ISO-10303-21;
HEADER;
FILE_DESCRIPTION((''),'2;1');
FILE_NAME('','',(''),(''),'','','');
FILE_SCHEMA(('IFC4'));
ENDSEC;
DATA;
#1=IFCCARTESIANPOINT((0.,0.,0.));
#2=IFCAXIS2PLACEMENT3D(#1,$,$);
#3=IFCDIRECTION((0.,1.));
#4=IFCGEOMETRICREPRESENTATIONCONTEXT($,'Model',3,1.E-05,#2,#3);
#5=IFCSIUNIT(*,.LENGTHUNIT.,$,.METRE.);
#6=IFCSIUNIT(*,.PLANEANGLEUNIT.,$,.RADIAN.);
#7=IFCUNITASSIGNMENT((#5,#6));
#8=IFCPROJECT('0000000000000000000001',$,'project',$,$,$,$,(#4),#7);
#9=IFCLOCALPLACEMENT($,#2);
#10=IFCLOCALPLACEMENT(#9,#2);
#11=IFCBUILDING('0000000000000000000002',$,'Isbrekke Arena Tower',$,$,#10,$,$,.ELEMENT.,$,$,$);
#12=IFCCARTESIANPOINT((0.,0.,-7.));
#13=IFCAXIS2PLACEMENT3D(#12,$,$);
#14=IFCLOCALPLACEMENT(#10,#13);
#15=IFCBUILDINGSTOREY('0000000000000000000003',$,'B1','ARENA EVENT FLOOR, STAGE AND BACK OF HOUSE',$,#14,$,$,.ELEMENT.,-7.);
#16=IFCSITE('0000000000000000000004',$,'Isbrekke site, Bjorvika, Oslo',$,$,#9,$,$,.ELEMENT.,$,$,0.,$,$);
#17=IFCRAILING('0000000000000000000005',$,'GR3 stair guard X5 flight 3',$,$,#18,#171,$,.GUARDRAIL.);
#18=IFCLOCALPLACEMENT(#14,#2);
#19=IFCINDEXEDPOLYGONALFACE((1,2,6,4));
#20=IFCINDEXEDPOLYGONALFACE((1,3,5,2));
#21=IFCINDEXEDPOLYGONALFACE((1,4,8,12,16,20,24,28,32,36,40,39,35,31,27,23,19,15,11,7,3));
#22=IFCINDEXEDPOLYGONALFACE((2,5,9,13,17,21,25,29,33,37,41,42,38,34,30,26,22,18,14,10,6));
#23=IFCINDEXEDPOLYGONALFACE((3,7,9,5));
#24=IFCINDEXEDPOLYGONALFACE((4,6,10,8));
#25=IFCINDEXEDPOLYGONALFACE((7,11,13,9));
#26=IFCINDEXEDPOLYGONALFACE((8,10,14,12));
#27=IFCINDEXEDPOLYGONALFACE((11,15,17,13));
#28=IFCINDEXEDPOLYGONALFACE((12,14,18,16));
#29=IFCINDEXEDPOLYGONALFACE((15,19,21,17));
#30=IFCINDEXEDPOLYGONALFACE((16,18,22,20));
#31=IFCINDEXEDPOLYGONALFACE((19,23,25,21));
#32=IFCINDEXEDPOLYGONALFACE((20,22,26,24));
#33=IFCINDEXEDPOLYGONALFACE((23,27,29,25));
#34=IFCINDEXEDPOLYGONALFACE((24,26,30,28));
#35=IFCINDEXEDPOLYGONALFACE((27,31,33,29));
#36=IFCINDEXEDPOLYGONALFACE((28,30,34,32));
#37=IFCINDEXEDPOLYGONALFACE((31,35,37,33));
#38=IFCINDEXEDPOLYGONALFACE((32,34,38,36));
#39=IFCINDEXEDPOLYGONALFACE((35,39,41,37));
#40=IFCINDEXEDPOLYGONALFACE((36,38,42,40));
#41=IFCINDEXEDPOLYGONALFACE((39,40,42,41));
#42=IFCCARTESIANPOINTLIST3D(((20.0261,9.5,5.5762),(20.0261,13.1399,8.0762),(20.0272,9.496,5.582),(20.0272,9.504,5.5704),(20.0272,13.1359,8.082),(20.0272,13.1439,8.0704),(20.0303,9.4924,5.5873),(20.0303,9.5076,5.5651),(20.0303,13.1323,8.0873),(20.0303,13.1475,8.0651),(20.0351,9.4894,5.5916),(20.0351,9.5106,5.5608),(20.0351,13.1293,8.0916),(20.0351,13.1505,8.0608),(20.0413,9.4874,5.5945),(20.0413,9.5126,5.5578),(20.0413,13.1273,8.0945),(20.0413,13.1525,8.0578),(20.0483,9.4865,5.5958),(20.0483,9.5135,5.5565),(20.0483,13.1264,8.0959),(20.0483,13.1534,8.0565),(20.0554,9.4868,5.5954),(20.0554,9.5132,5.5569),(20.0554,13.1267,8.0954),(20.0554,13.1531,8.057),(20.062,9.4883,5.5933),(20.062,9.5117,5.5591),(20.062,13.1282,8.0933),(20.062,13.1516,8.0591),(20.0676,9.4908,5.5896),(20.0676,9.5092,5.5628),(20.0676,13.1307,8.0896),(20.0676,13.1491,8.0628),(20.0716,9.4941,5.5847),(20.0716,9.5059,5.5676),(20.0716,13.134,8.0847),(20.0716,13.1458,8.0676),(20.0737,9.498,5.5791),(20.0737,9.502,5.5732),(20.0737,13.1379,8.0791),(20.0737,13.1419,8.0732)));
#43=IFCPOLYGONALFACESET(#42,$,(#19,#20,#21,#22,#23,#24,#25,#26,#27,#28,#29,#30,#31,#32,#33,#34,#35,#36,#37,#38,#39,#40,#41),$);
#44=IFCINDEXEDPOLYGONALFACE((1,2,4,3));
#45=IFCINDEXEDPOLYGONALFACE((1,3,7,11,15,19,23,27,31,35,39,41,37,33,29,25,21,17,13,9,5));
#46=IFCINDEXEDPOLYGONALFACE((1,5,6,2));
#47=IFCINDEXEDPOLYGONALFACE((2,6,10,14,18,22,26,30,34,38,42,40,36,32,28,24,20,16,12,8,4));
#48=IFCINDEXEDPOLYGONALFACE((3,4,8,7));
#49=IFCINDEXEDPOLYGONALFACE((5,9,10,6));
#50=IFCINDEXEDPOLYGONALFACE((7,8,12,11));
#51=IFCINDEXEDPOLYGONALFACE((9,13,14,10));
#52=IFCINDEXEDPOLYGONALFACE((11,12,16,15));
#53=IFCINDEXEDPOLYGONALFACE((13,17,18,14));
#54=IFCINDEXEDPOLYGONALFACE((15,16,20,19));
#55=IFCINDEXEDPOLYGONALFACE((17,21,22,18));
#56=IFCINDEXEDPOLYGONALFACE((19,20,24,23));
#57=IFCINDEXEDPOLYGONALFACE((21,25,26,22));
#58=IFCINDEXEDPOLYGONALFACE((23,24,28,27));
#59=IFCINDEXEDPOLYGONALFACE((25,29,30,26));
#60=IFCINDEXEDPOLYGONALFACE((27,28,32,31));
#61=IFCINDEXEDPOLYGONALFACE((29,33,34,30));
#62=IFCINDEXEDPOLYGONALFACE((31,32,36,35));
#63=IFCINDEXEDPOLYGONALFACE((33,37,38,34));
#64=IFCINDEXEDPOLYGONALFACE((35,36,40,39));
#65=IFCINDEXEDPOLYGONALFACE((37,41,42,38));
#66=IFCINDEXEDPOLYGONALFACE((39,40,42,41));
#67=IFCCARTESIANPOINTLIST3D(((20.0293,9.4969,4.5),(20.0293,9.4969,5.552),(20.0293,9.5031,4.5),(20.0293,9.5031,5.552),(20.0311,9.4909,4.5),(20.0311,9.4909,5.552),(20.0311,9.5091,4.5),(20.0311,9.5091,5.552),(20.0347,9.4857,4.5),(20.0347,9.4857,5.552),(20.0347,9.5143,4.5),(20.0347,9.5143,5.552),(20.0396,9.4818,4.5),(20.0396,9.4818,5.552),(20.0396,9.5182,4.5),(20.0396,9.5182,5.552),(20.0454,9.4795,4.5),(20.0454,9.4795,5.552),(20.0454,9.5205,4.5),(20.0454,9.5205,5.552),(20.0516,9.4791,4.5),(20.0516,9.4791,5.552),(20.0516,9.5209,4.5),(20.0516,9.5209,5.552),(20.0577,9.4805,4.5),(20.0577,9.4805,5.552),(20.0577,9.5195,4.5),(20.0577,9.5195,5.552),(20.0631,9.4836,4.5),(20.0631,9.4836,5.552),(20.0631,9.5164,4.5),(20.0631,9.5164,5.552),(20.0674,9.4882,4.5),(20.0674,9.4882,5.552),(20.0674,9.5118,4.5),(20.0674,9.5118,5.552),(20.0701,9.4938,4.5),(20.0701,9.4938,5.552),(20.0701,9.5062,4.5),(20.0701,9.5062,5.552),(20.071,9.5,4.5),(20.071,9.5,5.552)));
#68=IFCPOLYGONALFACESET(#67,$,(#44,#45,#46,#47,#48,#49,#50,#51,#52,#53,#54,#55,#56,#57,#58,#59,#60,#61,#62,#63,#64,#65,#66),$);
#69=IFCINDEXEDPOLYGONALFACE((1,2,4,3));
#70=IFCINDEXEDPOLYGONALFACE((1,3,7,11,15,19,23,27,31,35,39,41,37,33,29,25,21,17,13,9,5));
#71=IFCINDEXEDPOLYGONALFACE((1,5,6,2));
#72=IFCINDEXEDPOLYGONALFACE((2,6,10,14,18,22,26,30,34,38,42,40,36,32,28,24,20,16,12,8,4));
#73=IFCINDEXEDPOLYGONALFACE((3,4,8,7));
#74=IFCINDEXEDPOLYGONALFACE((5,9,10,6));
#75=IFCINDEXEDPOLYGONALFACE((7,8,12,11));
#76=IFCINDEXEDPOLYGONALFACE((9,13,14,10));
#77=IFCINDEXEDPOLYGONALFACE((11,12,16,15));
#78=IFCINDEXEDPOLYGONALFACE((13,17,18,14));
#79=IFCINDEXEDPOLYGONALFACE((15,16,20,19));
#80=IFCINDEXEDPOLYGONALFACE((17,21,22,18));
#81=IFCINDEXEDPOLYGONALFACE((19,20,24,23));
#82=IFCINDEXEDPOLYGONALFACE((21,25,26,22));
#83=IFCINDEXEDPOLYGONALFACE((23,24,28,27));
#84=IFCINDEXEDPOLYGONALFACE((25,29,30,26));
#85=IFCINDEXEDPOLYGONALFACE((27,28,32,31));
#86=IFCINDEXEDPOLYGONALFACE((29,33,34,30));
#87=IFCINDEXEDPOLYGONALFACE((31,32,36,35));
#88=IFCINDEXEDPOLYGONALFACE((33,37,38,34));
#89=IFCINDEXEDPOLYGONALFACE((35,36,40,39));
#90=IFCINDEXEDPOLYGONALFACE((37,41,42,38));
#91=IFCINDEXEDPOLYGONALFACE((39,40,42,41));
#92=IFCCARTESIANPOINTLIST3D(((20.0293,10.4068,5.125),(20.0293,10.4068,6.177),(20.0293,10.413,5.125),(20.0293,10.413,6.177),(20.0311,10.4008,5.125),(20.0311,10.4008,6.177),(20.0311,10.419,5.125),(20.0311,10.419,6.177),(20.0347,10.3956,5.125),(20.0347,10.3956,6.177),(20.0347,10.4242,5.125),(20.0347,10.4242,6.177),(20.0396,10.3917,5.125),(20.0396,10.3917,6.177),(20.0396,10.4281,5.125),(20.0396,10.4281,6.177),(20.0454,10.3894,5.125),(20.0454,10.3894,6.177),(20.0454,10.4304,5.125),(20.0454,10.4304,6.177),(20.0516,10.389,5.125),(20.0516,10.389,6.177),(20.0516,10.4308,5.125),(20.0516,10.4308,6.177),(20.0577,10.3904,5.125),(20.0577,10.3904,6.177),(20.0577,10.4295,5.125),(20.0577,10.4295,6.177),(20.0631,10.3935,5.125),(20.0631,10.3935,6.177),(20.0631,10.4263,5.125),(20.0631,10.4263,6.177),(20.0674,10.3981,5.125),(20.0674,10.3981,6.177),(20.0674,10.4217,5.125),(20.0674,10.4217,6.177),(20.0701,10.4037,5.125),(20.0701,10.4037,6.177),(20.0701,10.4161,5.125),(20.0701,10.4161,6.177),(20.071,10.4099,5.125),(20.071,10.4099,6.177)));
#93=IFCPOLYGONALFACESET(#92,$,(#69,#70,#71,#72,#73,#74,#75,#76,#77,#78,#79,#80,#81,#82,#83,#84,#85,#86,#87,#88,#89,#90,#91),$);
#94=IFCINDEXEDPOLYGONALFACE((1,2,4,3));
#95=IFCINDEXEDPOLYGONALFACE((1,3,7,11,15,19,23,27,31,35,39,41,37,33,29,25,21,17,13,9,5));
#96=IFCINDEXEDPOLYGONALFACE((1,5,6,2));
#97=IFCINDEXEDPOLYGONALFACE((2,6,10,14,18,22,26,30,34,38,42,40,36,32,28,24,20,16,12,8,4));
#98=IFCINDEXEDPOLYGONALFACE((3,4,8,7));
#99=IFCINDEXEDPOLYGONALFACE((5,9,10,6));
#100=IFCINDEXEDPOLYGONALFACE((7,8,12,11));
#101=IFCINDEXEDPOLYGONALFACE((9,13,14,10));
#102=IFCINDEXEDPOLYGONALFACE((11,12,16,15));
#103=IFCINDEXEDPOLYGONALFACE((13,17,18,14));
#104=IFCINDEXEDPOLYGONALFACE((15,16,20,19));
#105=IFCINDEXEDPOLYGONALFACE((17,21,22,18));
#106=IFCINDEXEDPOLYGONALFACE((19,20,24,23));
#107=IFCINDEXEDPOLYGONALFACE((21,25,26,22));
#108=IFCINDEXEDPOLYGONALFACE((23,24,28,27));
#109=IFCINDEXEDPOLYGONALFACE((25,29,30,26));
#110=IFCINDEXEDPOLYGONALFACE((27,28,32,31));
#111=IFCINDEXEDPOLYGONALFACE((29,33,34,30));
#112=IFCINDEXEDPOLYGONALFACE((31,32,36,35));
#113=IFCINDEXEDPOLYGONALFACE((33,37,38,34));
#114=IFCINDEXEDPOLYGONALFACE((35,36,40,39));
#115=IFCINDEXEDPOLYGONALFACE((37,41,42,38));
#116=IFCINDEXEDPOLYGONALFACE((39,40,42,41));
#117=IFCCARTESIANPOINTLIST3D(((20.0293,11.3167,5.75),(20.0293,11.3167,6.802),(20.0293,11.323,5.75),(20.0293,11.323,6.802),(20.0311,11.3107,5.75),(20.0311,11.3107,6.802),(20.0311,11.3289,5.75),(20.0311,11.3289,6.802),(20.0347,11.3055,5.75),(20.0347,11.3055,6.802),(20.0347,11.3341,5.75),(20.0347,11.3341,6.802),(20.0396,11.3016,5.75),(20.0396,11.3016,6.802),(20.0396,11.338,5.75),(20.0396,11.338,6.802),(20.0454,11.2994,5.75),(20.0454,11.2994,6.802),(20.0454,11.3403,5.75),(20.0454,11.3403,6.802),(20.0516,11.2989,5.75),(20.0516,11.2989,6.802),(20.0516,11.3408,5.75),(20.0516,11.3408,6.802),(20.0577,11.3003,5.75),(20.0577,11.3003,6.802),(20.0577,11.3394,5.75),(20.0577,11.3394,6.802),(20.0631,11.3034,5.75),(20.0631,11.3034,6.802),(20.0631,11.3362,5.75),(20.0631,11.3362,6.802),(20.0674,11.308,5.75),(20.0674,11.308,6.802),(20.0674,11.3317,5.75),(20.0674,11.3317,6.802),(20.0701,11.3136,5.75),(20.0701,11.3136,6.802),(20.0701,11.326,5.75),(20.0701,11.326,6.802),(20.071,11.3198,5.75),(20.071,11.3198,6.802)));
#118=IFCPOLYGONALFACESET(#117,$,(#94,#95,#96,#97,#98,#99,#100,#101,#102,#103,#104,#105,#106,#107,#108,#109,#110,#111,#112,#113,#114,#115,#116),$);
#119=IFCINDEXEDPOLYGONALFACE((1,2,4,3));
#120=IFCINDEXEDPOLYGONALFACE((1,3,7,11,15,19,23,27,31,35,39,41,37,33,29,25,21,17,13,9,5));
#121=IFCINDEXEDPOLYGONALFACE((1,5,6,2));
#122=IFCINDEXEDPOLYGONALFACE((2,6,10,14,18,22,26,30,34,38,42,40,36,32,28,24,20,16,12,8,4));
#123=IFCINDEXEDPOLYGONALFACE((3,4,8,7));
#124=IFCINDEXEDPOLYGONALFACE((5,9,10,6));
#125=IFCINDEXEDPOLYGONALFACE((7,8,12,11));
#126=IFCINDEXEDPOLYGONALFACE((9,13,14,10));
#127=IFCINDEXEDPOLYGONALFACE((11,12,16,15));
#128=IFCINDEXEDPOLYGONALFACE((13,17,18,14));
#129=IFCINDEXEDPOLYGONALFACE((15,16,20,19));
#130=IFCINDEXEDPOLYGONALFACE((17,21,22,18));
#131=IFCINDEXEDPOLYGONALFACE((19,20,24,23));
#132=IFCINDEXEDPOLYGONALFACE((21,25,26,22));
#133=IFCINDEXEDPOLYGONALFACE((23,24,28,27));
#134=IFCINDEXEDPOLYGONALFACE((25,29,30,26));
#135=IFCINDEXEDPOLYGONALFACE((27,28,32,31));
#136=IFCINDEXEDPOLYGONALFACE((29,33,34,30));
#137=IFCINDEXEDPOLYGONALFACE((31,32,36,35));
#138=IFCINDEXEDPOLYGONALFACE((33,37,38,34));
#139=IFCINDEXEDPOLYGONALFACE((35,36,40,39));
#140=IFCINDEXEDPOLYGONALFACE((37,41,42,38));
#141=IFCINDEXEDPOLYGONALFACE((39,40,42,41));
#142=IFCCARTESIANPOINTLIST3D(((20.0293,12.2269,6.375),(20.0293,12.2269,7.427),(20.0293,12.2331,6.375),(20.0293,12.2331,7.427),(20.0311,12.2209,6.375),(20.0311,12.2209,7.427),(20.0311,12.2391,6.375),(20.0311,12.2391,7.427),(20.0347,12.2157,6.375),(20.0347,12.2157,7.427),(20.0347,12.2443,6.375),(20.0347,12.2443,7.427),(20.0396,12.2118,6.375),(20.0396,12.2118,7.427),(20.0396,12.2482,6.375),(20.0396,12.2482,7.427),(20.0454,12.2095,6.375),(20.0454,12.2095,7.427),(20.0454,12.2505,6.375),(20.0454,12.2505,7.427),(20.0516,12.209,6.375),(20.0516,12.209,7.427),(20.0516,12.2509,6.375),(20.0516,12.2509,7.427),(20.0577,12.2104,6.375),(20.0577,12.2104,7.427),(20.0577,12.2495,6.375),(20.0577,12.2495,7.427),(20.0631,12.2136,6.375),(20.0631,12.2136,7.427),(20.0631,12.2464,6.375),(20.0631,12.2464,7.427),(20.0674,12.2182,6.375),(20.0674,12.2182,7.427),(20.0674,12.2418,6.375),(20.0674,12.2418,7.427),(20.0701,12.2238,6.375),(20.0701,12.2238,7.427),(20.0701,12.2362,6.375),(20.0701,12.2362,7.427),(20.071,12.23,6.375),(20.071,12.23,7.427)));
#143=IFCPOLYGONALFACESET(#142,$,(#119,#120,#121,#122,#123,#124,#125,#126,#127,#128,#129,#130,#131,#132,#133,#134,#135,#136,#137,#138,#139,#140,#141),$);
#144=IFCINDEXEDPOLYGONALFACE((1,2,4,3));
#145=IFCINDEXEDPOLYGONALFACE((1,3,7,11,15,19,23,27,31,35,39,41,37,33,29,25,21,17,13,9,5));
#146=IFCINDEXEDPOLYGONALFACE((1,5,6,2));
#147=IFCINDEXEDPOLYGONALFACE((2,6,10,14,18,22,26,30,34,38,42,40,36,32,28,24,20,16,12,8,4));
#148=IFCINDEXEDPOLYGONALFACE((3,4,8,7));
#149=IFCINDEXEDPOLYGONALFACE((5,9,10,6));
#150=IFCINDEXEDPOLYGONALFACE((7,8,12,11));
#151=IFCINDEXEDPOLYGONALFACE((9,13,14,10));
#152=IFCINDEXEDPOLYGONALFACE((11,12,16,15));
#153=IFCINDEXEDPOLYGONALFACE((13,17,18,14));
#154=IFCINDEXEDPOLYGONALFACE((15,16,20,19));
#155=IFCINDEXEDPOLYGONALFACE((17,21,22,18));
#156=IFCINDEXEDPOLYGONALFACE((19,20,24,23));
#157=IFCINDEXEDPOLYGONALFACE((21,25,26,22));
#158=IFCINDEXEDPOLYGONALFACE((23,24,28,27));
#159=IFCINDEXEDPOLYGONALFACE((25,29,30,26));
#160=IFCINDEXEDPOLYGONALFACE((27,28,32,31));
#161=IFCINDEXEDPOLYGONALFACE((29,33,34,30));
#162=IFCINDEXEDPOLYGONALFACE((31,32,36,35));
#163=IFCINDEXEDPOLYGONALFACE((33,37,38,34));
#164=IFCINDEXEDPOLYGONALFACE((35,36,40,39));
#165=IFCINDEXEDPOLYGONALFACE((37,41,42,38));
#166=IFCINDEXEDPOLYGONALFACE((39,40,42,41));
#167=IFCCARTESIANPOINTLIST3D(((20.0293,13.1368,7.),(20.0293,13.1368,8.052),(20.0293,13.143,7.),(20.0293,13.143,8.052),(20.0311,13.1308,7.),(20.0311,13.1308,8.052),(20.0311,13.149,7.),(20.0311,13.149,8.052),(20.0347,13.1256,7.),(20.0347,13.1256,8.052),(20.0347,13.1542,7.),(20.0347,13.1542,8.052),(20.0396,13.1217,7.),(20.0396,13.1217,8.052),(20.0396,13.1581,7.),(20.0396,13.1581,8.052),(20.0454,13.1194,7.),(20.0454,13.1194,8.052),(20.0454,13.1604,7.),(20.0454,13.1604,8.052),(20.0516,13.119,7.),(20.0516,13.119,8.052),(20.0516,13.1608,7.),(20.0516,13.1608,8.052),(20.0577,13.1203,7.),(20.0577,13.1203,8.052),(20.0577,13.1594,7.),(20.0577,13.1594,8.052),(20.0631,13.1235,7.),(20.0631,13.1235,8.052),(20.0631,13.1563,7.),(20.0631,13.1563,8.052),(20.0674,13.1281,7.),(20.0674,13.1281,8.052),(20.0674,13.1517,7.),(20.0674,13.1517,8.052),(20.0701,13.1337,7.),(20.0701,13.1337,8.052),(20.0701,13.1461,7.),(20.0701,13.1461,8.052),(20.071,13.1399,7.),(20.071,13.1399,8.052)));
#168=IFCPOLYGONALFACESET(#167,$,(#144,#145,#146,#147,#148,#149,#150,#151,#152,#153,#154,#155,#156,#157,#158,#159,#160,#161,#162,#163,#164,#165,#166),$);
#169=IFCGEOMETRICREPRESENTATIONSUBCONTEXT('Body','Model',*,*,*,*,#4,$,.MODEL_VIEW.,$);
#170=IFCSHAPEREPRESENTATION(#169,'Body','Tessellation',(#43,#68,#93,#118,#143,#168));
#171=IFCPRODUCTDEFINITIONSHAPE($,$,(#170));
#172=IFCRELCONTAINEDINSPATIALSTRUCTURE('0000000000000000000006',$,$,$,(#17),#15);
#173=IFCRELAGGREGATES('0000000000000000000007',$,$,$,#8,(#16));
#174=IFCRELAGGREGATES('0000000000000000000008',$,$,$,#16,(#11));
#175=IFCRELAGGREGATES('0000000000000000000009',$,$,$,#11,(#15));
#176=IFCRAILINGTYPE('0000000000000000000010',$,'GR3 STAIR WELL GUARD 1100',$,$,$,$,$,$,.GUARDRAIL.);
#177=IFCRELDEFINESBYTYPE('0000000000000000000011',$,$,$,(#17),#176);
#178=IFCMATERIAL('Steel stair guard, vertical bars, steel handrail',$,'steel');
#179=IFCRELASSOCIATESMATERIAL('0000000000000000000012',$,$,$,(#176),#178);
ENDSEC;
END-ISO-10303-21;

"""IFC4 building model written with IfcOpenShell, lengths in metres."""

from ifc_helpers import new_model, si_unit, direction, frame, origin, origin_2d, place, context, subcontext, project, spatial, circle, extrude, material, type_object, element, save


model = new_model("IFC4")

# Units and contexts
model_context = context("Model", 3, precision=1e-05, world=origin(), true_north=direction((0.0, 1.0)))
body_context = subcontext(model_context, "Body", "Model", "MODEL_VIEW")
ifc_project = project(units=[si_unit("LENGTHUNIT", "METRE"), si_unit("PLANEANGLEUNIT", "RADIAN")], contexts=[model_context])

# Site, building, storey
site_placement = place(None, origin())
site = spatial("IfcSite", under=ifc_project, at=site_placement, Name="Isbrekke site, Bjorvika, Oslo", CompositionType="ELEMENT", RefElevation=0.0)
building_placement = place(site_placement, origin())
building = spatial("IfcBuilding", under=site, at=building_placement, Name="Isbrekke Arena Tower", CompositionType="ELEMENT")
storey_placement = place(building_placement, frame((0.0, 0.0, -7.0)))
storey = spatial("IfcBuildingStorey", under=building, at=storey_placement, Name="B1", Description="ARENA EVENT FLOOR, STAGE AND BACK OF HOUSE", CompositionType="ELEMENT", Elevation=-7.0)

# Railing
ifc_material_1 = material(Name="Steel stair guard, vertical bars, steel handrail", Category="steel")
railing_type = type_object("IfcRailingType", Name="GR3 STAIR WELL GUARD 1100", PredefinedType="GUARDRAIL", material=ifc_material_1)
railing_1_placement = place(storey_placement, frame((20.05, 9.5, 4.5)))
element("IfcRailing", 1, at=railing_1_placement, inside=storey, type_object=railing_type, Name="GR3 stair guard X5 flight 3", PredefinedType="GUARDRAIL", context=body_context, shape_type="SweptSolid", body=[
    extrude(circle(Radius=0.0239, at=origin_2d()), frame((0.0, 0.0, 1.0762), z_axis=(0.0, 0.824298, 0.566156), x_axis=(-1.0, 0.0, 0.0)), (0.0, 0.0, 1.0), 4.4158),
    extrude(circle(Radius=0.021, at=origin_2d()), origin(), (0.0, 0.0, 1.0), 1.052),
    extrude(circle(Radius=0.021, at=origin_2d()), frame((0.0, 0.9099, 0.625)), (0.0, 0.0, 1.0), 1.052),
    extrude(circle(Radius=0.021, at=origin_2d()), frame((0.0, 1.8198, 1.25)), (0.0, 0.0, 1.0), 1.052),
    extrude(circle(Radius=0.021, at=origin_2d()), frame((0.0, 2.73, 1.875)), (0.0, 0.0, 1.0), 1.052),
    extrude(circle(Radius=0.021, at=origin_2d()), frame((0.0, 3.6399, 2.5)), (0.0, 0.0, 1.0), 1.052),
])

save(model, "model.ifc")
